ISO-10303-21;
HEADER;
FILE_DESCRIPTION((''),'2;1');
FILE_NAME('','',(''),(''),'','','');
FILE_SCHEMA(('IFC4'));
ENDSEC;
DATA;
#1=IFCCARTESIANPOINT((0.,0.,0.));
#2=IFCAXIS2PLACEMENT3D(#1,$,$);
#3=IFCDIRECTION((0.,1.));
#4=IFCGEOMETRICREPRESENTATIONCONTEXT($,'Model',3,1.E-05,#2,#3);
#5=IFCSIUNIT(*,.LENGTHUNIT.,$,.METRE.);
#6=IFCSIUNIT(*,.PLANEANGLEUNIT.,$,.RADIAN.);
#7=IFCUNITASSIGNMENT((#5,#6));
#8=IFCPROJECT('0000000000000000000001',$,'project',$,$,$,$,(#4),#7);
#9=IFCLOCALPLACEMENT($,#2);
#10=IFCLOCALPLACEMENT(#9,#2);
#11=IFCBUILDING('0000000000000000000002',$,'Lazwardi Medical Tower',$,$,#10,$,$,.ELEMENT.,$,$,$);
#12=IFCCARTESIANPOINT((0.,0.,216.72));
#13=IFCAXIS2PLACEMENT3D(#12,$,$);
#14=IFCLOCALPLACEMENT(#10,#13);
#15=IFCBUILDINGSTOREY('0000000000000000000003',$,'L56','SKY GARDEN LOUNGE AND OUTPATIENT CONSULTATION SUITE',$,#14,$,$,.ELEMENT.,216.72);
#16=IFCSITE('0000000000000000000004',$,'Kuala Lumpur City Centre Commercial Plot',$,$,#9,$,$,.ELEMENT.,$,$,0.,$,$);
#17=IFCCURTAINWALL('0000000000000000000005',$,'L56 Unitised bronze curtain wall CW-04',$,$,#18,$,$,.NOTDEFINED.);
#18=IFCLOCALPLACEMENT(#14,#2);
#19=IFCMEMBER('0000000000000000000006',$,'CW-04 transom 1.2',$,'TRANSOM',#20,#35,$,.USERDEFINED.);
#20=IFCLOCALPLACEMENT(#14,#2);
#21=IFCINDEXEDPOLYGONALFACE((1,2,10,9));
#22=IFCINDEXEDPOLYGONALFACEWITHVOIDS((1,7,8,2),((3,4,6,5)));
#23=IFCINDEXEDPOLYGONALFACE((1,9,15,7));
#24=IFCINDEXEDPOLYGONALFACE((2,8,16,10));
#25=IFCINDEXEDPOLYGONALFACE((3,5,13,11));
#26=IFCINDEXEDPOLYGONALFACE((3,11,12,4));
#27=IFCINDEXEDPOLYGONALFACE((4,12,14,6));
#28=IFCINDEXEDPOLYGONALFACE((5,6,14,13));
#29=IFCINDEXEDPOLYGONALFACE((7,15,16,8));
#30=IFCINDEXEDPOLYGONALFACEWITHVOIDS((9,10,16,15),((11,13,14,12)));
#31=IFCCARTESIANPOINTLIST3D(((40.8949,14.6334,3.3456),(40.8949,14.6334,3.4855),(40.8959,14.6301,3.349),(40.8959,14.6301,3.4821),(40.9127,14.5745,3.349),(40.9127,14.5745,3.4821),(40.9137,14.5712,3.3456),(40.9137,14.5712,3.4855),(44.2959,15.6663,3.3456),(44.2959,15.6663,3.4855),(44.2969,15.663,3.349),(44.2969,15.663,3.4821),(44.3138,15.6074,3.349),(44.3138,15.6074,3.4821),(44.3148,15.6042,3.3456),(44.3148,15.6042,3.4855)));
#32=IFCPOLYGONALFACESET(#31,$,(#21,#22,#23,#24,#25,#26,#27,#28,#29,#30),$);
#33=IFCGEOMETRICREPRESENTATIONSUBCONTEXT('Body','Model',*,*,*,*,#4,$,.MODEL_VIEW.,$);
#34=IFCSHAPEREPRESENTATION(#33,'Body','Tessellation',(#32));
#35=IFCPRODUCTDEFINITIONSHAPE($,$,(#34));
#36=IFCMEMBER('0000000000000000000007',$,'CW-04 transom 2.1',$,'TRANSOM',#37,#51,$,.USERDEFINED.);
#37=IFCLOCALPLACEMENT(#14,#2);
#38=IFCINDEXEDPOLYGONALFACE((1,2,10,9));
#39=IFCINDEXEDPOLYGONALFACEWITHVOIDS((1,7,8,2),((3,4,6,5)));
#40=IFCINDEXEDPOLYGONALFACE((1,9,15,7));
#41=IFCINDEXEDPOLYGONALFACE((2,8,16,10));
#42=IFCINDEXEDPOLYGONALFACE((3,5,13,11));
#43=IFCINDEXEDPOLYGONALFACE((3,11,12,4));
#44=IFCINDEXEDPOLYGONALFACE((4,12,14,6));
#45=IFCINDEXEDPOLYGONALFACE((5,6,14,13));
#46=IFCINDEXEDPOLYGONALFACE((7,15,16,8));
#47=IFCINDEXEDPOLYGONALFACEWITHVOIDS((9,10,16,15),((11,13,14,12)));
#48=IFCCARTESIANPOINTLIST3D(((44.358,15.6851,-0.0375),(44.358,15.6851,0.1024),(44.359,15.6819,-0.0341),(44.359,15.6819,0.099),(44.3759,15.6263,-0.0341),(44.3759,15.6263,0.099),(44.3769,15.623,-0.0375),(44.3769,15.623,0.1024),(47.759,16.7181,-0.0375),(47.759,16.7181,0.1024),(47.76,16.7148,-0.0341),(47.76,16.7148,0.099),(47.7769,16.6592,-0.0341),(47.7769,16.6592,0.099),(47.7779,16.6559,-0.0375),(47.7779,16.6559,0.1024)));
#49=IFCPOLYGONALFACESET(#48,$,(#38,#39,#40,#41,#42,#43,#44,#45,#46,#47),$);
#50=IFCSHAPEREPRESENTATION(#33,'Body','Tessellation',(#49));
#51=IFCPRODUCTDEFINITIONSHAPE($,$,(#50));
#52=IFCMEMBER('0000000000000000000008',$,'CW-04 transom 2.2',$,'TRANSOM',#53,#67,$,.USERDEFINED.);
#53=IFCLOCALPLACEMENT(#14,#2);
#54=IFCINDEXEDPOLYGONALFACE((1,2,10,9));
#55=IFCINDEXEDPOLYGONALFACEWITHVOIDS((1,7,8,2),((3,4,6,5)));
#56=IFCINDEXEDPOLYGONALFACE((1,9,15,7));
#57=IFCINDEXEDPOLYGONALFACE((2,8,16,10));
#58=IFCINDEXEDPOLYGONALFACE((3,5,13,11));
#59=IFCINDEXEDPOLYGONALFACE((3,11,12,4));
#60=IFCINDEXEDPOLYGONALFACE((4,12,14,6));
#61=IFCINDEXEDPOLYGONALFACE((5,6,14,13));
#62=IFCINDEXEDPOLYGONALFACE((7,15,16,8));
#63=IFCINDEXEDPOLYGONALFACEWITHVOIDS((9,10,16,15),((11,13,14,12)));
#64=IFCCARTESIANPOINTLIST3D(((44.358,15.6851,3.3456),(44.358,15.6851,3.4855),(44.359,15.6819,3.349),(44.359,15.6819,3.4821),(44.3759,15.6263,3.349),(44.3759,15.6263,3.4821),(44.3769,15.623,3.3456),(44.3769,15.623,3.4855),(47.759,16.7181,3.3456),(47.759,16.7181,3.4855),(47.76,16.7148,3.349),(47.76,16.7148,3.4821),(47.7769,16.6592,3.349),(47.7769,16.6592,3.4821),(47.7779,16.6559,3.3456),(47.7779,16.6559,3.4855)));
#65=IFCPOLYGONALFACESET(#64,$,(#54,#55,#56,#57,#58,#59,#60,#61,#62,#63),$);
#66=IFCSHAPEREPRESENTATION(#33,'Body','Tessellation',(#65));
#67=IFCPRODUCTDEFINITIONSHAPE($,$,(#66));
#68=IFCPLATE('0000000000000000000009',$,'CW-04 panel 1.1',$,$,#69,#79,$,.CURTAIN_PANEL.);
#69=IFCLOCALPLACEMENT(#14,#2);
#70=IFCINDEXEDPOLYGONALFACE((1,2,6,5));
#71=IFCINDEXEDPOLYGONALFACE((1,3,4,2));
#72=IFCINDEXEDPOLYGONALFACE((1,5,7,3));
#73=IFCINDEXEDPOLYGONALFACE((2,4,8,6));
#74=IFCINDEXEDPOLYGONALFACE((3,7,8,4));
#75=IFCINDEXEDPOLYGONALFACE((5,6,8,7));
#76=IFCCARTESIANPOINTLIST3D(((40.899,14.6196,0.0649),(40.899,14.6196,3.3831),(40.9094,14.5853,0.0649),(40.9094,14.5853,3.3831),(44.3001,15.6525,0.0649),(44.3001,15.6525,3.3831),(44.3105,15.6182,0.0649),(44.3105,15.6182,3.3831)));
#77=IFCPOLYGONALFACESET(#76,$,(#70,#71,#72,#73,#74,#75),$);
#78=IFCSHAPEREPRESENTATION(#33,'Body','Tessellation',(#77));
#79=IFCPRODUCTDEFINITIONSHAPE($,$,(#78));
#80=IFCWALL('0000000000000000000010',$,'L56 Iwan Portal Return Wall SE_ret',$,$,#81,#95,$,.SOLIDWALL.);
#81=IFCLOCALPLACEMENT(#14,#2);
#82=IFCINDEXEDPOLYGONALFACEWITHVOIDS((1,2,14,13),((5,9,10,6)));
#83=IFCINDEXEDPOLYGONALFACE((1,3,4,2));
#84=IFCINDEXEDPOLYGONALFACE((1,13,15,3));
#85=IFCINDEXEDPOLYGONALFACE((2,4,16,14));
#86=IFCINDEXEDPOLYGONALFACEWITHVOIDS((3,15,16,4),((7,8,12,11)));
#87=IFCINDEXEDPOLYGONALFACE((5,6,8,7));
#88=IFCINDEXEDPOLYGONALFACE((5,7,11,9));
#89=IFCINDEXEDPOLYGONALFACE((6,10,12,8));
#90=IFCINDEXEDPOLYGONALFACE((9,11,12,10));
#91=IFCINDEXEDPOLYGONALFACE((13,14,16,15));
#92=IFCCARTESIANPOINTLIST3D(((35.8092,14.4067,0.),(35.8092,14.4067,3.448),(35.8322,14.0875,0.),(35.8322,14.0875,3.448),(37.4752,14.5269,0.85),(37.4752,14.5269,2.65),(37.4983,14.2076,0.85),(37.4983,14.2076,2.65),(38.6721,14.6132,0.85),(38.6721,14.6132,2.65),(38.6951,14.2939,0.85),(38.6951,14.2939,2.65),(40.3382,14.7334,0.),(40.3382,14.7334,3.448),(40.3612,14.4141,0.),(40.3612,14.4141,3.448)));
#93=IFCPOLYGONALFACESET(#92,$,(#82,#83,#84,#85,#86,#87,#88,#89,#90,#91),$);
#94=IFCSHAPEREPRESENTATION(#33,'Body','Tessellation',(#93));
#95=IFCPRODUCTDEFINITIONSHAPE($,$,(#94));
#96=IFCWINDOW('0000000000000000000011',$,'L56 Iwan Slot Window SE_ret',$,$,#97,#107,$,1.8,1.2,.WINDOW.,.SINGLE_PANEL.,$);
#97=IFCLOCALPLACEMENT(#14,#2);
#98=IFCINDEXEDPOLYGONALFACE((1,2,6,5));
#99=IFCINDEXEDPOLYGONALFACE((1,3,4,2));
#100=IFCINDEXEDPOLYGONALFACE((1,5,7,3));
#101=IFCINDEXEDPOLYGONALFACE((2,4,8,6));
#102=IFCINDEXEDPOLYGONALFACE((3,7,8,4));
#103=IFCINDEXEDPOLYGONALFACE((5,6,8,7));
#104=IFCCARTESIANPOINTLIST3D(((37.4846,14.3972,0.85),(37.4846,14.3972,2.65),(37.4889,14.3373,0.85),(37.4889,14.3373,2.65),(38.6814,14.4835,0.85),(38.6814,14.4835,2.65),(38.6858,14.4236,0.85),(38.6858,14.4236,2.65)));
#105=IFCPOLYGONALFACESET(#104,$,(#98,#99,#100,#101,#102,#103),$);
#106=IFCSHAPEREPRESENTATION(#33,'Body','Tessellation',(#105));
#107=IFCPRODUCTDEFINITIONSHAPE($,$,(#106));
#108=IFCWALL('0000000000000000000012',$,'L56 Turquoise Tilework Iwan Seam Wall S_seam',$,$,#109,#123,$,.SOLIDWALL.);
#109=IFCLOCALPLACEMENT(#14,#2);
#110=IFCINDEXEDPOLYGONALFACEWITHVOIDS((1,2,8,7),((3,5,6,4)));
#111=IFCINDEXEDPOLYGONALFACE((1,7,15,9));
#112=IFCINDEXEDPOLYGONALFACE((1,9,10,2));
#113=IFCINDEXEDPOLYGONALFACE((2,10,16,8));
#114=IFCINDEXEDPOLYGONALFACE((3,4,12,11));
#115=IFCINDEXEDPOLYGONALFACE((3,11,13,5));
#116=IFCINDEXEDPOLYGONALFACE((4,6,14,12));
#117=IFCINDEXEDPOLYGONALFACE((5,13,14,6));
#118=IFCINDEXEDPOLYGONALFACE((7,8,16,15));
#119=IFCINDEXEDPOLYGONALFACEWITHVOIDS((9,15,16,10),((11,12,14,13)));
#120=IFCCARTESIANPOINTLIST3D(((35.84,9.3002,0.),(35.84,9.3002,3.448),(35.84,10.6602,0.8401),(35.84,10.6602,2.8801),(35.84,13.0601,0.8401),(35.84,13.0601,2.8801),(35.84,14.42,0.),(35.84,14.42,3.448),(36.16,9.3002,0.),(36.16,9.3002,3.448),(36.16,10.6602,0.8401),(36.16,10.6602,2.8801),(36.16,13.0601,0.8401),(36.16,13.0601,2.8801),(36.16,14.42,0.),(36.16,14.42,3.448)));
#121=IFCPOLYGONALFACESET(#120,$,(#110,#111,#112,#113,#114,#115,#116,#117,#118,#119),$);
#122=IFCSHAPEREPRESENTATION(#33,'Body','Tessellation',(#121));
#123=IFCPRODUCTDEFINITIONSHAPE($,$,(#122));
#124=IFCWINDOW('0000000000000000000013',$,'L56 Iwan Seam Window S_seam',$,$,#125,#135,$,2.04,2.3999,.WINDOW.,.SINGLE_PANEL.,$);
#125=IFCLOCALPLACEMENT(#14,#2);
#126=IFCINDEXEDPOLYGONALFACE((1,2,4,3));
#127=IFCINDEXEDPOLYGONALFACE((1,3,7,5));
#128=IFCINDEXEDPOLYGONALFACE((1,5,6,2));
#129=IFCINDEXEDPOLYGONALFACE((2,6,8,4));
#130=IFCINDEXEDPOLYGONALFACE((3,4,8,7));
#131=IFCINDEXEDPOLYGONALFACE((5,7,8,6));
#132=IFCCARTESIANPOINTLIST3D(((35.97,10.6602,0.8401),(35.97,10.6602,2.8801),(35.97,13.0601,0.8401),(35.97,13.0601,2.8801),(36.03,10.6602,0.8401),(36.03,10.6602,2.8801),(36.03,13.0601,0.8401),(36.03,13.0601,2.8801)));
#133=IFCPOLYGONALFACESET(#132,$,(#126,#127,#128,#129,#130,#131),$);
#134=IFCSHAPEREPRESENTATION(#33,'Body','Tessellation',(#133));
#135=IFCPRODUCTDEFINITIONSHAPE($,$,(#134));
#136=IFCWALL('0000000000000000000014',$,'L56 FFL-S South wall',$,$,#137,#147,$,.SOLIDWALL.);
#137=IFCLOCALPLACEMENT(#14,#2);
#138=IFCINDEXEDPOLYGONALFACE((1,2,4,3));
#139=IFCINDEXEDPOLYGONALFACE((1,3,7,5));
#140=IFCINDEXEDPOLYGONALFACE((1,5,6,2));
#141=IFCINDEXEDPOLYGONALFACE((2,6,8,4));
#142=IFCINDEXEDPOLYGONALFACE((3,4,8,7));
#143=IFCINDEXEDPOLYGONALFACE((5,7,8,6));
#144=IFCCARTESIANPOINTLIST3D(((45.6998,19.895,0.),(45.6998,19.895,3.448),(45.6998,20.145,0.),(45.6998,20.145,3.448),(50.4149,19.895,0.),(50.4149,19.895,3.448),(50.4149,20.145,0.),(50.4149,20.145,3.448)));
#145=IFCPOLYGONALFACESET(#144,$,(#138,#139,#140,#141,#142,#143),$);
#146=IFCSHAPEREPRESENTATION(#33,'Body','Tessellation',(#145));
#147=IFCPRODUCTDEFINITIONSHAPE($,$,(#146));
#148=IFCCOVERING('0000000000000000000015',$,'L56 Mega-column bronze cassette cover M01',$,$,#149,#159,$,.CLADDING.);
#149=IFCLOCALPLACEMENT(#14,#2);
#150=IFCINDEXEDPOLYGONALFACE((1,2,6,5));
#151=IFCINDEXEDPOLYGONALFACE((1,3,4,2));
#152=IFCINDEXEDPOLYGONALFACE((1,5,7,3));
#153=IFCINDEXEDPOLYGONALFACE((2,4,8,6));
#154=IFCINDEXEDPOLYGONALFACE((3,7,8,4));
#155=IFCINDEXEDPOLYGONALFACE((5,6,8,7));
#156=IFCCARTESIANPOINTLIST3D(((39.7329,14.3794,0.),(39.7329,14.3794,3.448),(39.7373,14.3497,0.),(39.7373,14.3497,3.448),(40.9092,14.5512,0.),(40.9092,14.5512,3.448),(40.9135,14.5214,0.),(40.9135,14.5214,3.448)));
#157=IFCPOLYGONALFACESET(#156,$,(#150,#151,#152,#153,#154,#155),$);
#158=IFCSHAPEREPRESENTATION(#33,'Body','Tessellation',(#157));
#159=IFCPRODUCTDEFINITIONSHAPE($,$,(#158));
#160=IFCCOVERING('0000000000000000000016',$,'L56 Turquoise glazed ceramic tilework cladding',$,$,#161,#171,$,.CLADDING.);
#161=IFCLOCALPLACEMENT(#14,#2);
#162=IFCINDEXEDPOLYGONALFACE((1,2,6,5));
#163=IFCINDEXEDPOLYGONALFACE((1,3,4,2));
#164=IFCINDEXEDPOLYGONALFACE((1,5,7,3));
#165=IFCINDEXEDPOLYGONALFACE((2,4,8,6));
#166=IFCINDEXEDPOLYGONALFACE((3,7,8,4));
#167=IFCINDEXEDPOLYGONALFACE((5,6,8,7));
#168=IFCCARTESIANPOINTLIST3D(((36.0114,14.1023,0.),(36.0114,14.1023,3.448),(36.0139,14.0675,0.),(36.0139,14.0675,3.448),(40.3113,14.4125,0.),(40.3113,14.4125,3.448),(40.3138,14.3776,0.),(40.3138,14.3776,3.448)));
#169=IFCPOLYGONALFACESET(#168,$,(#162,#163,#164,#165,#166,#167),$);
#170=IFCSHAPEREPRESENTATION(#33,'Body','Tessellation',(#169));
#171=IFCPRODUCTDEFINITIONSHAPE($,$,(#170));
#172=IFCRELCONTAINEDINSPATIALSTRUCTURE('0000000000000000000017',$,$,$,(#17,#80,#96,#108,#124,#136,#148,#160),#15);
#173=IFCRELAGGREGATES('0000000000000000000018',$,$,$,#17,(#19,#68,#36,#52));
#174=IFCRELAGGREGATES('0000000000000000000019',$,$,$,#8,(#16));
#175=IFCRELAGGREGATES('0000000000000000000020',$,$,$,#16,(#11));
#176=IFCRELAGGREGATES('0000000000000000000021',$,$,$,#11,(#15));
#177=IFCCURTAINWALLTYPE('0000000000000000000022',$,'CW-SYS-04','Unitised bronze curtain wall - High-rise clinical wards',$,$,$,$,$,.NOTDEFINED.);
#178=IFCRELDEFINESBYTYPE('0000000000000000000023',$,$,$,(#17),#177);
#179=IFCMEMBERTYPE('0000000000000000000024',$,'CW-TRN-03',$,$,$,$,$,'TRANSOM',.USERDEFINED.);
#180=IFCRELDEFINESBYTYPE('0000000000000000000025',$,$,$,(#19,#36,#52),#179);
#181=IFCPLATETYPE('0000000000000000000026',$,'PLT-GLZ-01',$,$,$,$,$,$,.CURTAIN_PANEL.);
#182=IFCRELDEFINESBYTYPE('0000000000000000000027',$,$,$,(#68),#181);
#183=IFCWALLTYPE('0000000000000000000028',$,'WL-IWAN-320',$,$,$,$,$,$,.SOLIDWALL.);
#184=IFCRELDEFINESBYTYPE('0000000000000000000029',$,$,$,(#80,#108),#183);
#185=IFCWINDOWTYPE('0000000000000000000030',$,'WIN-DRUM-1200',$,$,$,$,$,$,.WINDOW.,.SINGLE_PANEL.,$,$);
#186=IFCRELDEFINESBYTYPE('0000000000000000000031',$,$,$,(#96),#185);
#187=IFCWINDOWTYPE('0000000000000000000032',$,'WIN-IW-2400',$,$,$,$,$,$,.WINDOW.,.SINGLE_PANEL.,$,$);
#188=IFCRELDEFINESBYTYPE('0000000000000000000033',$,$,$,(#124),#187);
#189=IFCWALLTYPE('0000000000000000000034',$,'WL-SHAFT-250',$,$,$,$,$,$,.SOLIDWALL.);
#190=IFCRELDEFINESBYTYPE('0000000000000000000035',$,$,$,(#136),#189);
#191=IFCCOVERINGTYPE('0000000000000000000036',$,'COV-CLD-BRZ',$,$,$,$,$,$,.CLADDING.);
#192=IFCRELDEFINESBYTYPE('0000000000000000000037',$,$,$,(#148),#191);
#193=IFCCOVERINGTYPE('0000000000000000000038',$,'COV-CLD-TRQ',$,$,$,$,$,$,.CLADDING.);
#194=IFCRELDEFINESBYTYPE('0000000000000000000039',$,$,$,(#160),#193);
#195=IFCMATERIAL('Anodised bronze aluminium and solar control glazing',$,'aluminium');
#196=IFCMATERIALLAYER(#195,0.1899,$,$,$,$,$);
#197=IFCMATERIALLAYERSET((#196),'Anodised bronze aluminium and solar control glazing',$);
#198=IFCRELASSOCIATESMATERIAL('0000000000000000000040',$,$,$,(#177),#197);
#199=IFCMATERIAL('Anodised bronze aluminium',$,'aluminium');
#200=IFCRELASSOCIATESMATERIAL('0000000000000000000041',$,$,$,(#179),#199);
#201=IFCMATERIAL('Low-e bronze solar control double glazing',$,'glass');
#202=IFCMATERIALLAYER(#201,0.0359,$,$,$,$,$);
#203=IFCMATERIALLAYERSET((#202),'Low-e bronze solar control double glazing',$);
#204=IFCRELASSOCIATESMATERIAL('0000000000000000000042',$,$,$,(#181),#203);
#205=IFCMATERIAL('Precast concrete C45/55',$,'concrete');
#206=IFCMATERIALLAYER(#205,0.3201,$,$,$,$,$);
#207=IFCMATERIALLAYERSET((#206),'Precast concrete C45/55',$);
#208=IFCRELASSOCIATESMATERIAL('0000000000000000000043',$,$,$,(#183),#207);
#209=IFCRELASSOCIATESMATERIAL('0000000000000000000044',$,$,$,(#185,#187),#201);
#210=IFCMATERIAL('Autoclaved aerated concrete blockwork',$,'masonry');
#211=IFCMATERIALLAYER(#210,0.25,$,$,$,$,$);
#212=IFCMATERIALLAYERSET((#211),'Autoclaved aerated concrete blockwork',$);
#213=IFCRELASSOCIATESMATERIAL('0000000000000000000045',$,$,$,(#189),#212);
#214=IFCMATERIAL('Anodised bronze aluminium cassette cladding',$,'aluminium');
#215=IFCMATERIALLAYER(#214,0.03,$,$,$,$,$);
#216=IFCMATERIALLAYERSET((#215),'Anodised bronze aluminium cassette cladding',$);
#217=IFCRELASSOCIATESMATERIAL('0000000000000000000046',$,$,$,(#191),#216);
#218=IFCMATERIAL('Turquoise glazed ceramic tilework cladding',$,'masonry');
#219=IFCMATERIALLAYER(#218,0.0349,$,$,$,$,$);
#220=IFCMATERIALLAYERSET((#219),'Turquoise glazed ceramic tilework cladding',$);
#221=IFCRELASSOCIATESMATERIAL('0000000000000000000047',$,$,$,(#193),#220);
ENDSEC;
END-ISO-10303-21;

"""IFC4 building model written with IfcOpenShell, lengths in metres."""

from ifc_helpers import new_model, si_unit, direction, frame, frame_2d, origin, origin_2d, place, context, subcontext, project, spatial, rectangle, hollow_rectangle, extrude, material, layer, layer_set, material_profile, profile_set, type_object, element, fill, aggregate, save


model = new_model("IFC4")

# Units and contexts
model_context = context("Model", 3, precision=1e-05, world=origin(), true_north=direction((0.0, 1.0)))
body_context = subcontext(model_context, "Body", "Model", "MODEL_VIEW")
ifc_project = project(units=[si_unit("LENGTHUNIT", "METRE"), si_unit("PLANEANGLEUNIT", "RADIAN")], contexts=[model_context])

# Site, building, storey
site_placement = place(None, origin())
site = spatial("IfcSite", under=ifc_project, at=site_placement, Name="Kuala Lumpur City Centre Commercial Plot", CompositionType="ELEMENT", RefElevation=0.0)
building_placement = place(site_placement, origin())
building = spatial("IfcBuilding", under=site, at=building_placement, Name="Lazwardi Medical Tower", CompositionType="ELEMENT")
storey_placement = place(building_placement, frame((0.0, 0.0, 216.72)))
storey = spatial("IfcBuildingStorey", under=building, at=storey_placement, Name="L56", Description="SKY GARDEN LOUNGE AND OUTPATIENT CONSULTATION SUITE", CompositionType="ELEMENT", Elevation=216.72)

# Curtain wall, members, plate
ifc_material_1 = material(Name="Anodised bronze aluminium and solar control glazing", Category="aluminium")
ifc_layer_1 = layer(ifc_material_1, 0.1899)
ifc_layer_set_1 = layer_set([ifc_layer_1], Name="Anodised bronze aluminium and solar control glazing")
curtain_wall_type = type_object("IfcCurtainWallType", Name="CW-SYS-04", Description="Unitised bronze curtain wall - High-rise clinical wards", PredefinedType="NOTDEFINED", material=ifc_layer_set_1)
curtain_wall_placement = place(storey_placement, origin())
curtain_wall = element("IfcCurtainWall", 1, at=curtain_wall_placement, inside=storey, type_object=curtain_wall_type, Name="L56 Unitised bronze curtain wall CW-04", PredefinedType="NOTDEFINED")
ifc_material_2 = material(Name="Anodised bronze aluminium", Category="aluminium")
ifc_material_profile_1 = material_profile(ifc_material_2, hollow_rectangle(XDim=0.0649, YDim=0.1399, WallThickness=0.0034, at=origin_2d()), Name="ALU-TRANSOM 140x65x3.5")
ifc_profile_set_1 = profile_set([ifc_material_profile_1], Name="Anodised bronze aluminium")
member_type_1 = type_object("IfcMemberType", Name="CW-TRN-03", ElementType="TRANSOM", PredefinedType="USERDEFINED", material=ifc_profile_set_1)
member_1_placement = place(storey_placement, frame((40.9043, 14.6023, 3.4155), z_axis=(0.956843, 0.290604, 0.0), x_axis=(-0.290604, 0.956843, 0.0)))
member_1 = element("IfcMember", 2, at=member_1_placement, type_object=member_type_1, Name="CW-04 transom 1.2", ObjectType="TRANSOM", PredefinedType="USERDEFINED", context=body_context, shape_type="SweptSolid", body=[
    extrude(hollow_rectangle(XDim=0.0649, YDim=0.1399, WallThickness=0.0034, at=origin_2d()), origin(), (0.0, 0.0, 1.0), 3.5544),
])
member_2_placement = place(storey_placement, frame((44.3674, 15.6541, 0.0325), z_axis=(0.956843, 0.290604, 0.0), x_axis=(-0.290604, 0.956843, 0.0)))
member_2 = element("IfcMember", 3, at=member_2_placement, type_object=member_type_1, Name="CW-04 transom 2.1", ObjectType="TRANSOM", PredefinedType="USERDEFINED", context=body_context, shape_type="SweptSolid", body=[
    extrude(hollow_rectangle(XDim=0.0649, YDim=0.1399, WallThickness=0.0034, at=origin_2d()), origin(), (0.0, 0.0, 1.0), 3.5544),
])
member_3_placement = place(storey_placement, frame((44.3674, 15.6541, 3.4155), z_axis=(0.956843, 0.290604, 0.0), x_axis=(-0.290604, 0.956843, 0.0)))
member_3 = element("IfcMember", 4, at=member_3_placement, type_object=member_type_1, Name="CW-04 transom 2.2", ObjectType="TRANSOM", PredefinedType="USERDEFINED", context=body_context, shape_type="SweptSolid", body=[
    extrude(hollow_rectangle(XDim=0.0649, YDim=0.1399, WallThickness=0.0034, at=origin_2d()), origin(), (0.0, 0.0, 1.0), 3.5544),
])
ifc_material_3 = material(Name="Low-e bronze solar control double glazing", Category="glass")
ifc_layer_2 = layer(ifc_material_3, 0.0359)
ifc_layer_set_2 = layer_set([ifc_layer_2], Name="Low-e bronze solar control double glazing")
plate_type = type_object("IfcPlateType", Name="PLT-GLZ-01", PredefinedType="CURTAIN_PANEL", material=ifc_layer_set_2)
plate_placement = place(storey_placement, frame((42.6047, 15.1189, 0.0649), z_axis=(0.0, 0.0, 1.0), x_axis=(0.95685, 0.290582, 0.0)))
plate = element("IfcPlate", 5, at=plate_placement, type_object=plate_type, Name="CW-04 panel 1.1", PredefinedType="CURTAIN_PANEL", context=body_context, shape_type="SweptSolid", body=[
    extrude(rectangle(XDim=3.5544, YDim=0.0359, at=origin_2d()), origin(), (0.0, 0.0, 1.0), 3.3181),
])
aggregate(curtain_wall, [member_1, plate, member_2, member_3])

# Walls, openings, windows
ifc_material_4 = material(Name="Precast concrete C45/55", Category="concrete")
ifc_layer_3 = layer(ifc_material_4, 0.3201)
ifc_layer_set_3 = layer_set([ifc_layer_3], Name="Precast concrete C45/55")
wall_type_1 = type_object("IfcWallType", Name="WL-IWAN-320", PredefinedType="SOLIDWALL", material=ifc_layer_set_3)
wall_1_placement = place(storey_placement, frame((35.8206, 14.2471, 0.0), z_axis=(0.0, 0.0, 1.0), x_axis=(0.997409, 0.071939, 0.0)))
wall_1 = element("IfcWall", 6, at=wall_1_placement, inside=storey, type_object=wall_type_1, Name="L56 Iwan Portal Return Wall SE_ret", PredefinedType="SOLIDWALL", context=body_context, shape_type="SweptSolid", body=[
    extrude(rectangle(XDim=4.5408, YDim=0.3201, at=frame_2d((2.2705, 0.0))), origin(), (0.0, 0.0, 1.0), 3.448),
])
opening_1_placement = place(wall_1_placement, frame((1.6704, 0.0, 0.8501)))
opening_1 = element("IfcOpeningElement", 7, at=opening_1_placement, cuts=wall_1, PredefinedType="OPENING", context=body_context, shape_type="SweptSolid", body=[
    extrude(rectangle(XDim=1.2, YDim=1.8, at=frame_2d((0.6001, 0.8999))), frame((0.0, 0.1699, 0.0), z_axis=(0.0, -1.0, 0.0), x_axis=(1.0, 0.0, 0.0)), (0.0, 0.0, 1.0), 0.3401),
])
window_type_1 = type_object("IfcWindowType", Name="WIN-DRUM-1200", PartitioningType="SINGLE_PANEL", PredefinedType="WINDOW", material=ifc_material_3)
window_1_placement = place(opening_1_placement, origin())
window_1 = element("IfcWindow", 8, at=window_1_placement, inside=storey, type_object=window_type_1, Name="L56 Iwan Slot Window SE_ret", OverallHeight=1.8, OverallWidth=1.2, PartitioningType="SINGLE_PANEL", PredefinedType="WINDOW", context=body_context, shape_type="SweptSolid", body=[
    extrude(rectangle(XDim=1.2, YDim=1.8, at=frame_2d((0.6001, 0.8999))), frame((0.0, 0.03, 0.0), z_axis=(0.0, -1.0, 0.0), x_axis=(1.0, 0.0, 0.0)), (0.0, 0.0, 1.0), 0.0601),
])
fill(opening_1, window_1)
wall_2_placement = place(storey_placement, frame((36.0, 9.3, 0.0), z_axis=(0.0, 0.0, 1.0), x_axis=(0.0, 1.0, 0.0)))
wall_2 = element("IfcWall", 9, at=wall_2_placement, inside=storey, type_object=wall_type_1, Name="L56 Turquoise Tilework Iwan Seam Wall S_seam", PredefinedType="SOLIDWALL", context=body_context, shape_type="SweptSolid", body=[
    extrude(rectangle(XDim=5.1199, YDim=0.3201, at=frame_2d((2.5601, 0.0))), origin(), (0.0, 0.0, 1.0), 3.448),
])
opening_2_placement = place(wall_2_placement, frame((1.3601, 0.0, 0.8401)))
opening_2 = element("IfcOpeningElement", 10, at=opening_2_placement, cuts=wall_2, PredefinedType="OPENING", context=body_context, shape_type="SweptSolid", body=[
    extrude(rectangle(XDim=2.3999, YDim=2.04, at=frame_2d((1.2, 1.02))), frame((0.0, 0.1699, 0.0), z_axis=(0.0, -1.0, 0.0), x_axis=(1.0, 0.0, 0.0)), (0.0, 0.0, 1.0), 0.3401),
])
window_type_2 = type_object("IfcWindowType", Name="WIN-IW-2400", PartitioningType="SINGLE_PANEL", PredefinedType="WINDOW", material=ifc_material_3)
window_2_placement = place(opening_2_placement, origin())
window_2 = element("IfcWindow", 11, at=window_2_placement, inside=storey, type_object=window_type_2, Name="L56 Iwan Seam Window S_seam", OverallHeight=2.04, OverallWidth=2.3999, PartitioningType="SINGLE_PANEL", PredefinedType="WINDOW", context=body_context, shape_type="SweptSolid", body=[
    extrude(rectangle(XDim=2.3999, YDim=2.04, at=frame_2d((1.2, 1.02))), frame((0.0, 0.03, 0.0), z_axis=(0.0, -1.0, 0.0), x_axis=(1.0, 0.0, 0.0)), (0.0, 0.0, 1.0), 0.0601),
])
fill(opening_2, window_2)

# Wall
ifc_material_5 = material(Name="Autoclaved aerated concrete blockwork", Category="masonry")
ifc_layer_4 = layer(ifc_material_5, 0.25)
ifc_layer_set_4 = layer_set([ifc_layer_4], Name="Autoclaved aerated concrete blockwork")
wall_type_2 = type_object("IfcWallType", Name="WL-SHAFT-250", PredefinedType="SOLIDWALL", material=ifc_layer_set_4)
wall_3_placement = place(storey_placement, frame((45.7, 20.02, 0.0), z_axis=(0.0, 0.0, 1.0), x_axis=(1.0, 0.0, 0.0)))
element("IfcWall", 12, at=wall_3_placement, inside=storey, type_object=wall_type_2, Name="L56 FFL-S South wall", PredefinedType="SOLIDWALL", context=body_context, shape_type="SweptSolid", body=[
    extrude(rectangle(XDim=4.7151, YDim=0.25, at=frame_2d((2.3574, 0.0))), origin(), (0.0, 0.0, 1.0), 3.448),
])

# Coverings
ifc_material_6 = material(Name="Anodised bronze aluminium cassette cladding", Category="aluminium")
ifc_layer_5 = layer(ifc_material_6, 0.03)
ifc_layer_set_5 = layer_set([ifc_layer_5], Name="Anodised bronze aluminium cassette cladding")
covering_type_1 = type_object("IfcCoveringType", Name="COV-CLD-BRZ", PredefinedType="CLADDING", material=ifc_layer_set_5)
covering_1_placement = place(storey_placement, frame((40.3232, 14.4504, 0.0), z_axis=(0.0, 0.0, 1.0), x_axis=(0.989512, 0.144448, 0.0)))
element("IfcCovering", 13, at=covering_1_placement, inside=storey, type_object=covering_type_1, Name="L56 Mega-column bronze cassette cover M01", PredefinedType="CLADDING", context=body_context, shape_type="SweptSolid", body=[
    extrude(rectangle(XDim=1.1887, YDim=0.03, at=origin_2d()), origin(), (0.0, 0.0, 1.0), 3.448),
])
ifc_material_7 = material(Name="Turquoise glazed ceramic tilework cladding", Category="masonry")
ifc_layer_6 = layer(ifc_material_7, 0.0349)
ifc_layer_set_6 = layer_set([ifc_layer_6], Name="Turquoise glazed ceramic tilework cladding")
covering_type_2 = type_object("IfcCoveringType", Name="COV-CLD-TRQ", PredefinedType="CLADDING", material=ifc_layer_set_6)
covering_2_placement = place(storey_placement, frame((38.1626, 14.24, 0.0), z_axis=(0.0, 0.0, 1.0), x_axis=(0.997409, 0.071933, 0.0)))
element("IfcCovering", 14, at=covering_2_placement, inside=storey, type_object=covering_type_2, Name="L56 Turquoise glazed ceramic tilework cladding", PredefinedType="CLADDING", context=body_context, shape_type="SweptSolid", body=[
    extrude(rectangle(XDim=4.311, YDim=0.0349, at=origin_2d()), origin(), (0.0, 0.0, 1.0), 3.448),
])

save(model, "model.ifc")
